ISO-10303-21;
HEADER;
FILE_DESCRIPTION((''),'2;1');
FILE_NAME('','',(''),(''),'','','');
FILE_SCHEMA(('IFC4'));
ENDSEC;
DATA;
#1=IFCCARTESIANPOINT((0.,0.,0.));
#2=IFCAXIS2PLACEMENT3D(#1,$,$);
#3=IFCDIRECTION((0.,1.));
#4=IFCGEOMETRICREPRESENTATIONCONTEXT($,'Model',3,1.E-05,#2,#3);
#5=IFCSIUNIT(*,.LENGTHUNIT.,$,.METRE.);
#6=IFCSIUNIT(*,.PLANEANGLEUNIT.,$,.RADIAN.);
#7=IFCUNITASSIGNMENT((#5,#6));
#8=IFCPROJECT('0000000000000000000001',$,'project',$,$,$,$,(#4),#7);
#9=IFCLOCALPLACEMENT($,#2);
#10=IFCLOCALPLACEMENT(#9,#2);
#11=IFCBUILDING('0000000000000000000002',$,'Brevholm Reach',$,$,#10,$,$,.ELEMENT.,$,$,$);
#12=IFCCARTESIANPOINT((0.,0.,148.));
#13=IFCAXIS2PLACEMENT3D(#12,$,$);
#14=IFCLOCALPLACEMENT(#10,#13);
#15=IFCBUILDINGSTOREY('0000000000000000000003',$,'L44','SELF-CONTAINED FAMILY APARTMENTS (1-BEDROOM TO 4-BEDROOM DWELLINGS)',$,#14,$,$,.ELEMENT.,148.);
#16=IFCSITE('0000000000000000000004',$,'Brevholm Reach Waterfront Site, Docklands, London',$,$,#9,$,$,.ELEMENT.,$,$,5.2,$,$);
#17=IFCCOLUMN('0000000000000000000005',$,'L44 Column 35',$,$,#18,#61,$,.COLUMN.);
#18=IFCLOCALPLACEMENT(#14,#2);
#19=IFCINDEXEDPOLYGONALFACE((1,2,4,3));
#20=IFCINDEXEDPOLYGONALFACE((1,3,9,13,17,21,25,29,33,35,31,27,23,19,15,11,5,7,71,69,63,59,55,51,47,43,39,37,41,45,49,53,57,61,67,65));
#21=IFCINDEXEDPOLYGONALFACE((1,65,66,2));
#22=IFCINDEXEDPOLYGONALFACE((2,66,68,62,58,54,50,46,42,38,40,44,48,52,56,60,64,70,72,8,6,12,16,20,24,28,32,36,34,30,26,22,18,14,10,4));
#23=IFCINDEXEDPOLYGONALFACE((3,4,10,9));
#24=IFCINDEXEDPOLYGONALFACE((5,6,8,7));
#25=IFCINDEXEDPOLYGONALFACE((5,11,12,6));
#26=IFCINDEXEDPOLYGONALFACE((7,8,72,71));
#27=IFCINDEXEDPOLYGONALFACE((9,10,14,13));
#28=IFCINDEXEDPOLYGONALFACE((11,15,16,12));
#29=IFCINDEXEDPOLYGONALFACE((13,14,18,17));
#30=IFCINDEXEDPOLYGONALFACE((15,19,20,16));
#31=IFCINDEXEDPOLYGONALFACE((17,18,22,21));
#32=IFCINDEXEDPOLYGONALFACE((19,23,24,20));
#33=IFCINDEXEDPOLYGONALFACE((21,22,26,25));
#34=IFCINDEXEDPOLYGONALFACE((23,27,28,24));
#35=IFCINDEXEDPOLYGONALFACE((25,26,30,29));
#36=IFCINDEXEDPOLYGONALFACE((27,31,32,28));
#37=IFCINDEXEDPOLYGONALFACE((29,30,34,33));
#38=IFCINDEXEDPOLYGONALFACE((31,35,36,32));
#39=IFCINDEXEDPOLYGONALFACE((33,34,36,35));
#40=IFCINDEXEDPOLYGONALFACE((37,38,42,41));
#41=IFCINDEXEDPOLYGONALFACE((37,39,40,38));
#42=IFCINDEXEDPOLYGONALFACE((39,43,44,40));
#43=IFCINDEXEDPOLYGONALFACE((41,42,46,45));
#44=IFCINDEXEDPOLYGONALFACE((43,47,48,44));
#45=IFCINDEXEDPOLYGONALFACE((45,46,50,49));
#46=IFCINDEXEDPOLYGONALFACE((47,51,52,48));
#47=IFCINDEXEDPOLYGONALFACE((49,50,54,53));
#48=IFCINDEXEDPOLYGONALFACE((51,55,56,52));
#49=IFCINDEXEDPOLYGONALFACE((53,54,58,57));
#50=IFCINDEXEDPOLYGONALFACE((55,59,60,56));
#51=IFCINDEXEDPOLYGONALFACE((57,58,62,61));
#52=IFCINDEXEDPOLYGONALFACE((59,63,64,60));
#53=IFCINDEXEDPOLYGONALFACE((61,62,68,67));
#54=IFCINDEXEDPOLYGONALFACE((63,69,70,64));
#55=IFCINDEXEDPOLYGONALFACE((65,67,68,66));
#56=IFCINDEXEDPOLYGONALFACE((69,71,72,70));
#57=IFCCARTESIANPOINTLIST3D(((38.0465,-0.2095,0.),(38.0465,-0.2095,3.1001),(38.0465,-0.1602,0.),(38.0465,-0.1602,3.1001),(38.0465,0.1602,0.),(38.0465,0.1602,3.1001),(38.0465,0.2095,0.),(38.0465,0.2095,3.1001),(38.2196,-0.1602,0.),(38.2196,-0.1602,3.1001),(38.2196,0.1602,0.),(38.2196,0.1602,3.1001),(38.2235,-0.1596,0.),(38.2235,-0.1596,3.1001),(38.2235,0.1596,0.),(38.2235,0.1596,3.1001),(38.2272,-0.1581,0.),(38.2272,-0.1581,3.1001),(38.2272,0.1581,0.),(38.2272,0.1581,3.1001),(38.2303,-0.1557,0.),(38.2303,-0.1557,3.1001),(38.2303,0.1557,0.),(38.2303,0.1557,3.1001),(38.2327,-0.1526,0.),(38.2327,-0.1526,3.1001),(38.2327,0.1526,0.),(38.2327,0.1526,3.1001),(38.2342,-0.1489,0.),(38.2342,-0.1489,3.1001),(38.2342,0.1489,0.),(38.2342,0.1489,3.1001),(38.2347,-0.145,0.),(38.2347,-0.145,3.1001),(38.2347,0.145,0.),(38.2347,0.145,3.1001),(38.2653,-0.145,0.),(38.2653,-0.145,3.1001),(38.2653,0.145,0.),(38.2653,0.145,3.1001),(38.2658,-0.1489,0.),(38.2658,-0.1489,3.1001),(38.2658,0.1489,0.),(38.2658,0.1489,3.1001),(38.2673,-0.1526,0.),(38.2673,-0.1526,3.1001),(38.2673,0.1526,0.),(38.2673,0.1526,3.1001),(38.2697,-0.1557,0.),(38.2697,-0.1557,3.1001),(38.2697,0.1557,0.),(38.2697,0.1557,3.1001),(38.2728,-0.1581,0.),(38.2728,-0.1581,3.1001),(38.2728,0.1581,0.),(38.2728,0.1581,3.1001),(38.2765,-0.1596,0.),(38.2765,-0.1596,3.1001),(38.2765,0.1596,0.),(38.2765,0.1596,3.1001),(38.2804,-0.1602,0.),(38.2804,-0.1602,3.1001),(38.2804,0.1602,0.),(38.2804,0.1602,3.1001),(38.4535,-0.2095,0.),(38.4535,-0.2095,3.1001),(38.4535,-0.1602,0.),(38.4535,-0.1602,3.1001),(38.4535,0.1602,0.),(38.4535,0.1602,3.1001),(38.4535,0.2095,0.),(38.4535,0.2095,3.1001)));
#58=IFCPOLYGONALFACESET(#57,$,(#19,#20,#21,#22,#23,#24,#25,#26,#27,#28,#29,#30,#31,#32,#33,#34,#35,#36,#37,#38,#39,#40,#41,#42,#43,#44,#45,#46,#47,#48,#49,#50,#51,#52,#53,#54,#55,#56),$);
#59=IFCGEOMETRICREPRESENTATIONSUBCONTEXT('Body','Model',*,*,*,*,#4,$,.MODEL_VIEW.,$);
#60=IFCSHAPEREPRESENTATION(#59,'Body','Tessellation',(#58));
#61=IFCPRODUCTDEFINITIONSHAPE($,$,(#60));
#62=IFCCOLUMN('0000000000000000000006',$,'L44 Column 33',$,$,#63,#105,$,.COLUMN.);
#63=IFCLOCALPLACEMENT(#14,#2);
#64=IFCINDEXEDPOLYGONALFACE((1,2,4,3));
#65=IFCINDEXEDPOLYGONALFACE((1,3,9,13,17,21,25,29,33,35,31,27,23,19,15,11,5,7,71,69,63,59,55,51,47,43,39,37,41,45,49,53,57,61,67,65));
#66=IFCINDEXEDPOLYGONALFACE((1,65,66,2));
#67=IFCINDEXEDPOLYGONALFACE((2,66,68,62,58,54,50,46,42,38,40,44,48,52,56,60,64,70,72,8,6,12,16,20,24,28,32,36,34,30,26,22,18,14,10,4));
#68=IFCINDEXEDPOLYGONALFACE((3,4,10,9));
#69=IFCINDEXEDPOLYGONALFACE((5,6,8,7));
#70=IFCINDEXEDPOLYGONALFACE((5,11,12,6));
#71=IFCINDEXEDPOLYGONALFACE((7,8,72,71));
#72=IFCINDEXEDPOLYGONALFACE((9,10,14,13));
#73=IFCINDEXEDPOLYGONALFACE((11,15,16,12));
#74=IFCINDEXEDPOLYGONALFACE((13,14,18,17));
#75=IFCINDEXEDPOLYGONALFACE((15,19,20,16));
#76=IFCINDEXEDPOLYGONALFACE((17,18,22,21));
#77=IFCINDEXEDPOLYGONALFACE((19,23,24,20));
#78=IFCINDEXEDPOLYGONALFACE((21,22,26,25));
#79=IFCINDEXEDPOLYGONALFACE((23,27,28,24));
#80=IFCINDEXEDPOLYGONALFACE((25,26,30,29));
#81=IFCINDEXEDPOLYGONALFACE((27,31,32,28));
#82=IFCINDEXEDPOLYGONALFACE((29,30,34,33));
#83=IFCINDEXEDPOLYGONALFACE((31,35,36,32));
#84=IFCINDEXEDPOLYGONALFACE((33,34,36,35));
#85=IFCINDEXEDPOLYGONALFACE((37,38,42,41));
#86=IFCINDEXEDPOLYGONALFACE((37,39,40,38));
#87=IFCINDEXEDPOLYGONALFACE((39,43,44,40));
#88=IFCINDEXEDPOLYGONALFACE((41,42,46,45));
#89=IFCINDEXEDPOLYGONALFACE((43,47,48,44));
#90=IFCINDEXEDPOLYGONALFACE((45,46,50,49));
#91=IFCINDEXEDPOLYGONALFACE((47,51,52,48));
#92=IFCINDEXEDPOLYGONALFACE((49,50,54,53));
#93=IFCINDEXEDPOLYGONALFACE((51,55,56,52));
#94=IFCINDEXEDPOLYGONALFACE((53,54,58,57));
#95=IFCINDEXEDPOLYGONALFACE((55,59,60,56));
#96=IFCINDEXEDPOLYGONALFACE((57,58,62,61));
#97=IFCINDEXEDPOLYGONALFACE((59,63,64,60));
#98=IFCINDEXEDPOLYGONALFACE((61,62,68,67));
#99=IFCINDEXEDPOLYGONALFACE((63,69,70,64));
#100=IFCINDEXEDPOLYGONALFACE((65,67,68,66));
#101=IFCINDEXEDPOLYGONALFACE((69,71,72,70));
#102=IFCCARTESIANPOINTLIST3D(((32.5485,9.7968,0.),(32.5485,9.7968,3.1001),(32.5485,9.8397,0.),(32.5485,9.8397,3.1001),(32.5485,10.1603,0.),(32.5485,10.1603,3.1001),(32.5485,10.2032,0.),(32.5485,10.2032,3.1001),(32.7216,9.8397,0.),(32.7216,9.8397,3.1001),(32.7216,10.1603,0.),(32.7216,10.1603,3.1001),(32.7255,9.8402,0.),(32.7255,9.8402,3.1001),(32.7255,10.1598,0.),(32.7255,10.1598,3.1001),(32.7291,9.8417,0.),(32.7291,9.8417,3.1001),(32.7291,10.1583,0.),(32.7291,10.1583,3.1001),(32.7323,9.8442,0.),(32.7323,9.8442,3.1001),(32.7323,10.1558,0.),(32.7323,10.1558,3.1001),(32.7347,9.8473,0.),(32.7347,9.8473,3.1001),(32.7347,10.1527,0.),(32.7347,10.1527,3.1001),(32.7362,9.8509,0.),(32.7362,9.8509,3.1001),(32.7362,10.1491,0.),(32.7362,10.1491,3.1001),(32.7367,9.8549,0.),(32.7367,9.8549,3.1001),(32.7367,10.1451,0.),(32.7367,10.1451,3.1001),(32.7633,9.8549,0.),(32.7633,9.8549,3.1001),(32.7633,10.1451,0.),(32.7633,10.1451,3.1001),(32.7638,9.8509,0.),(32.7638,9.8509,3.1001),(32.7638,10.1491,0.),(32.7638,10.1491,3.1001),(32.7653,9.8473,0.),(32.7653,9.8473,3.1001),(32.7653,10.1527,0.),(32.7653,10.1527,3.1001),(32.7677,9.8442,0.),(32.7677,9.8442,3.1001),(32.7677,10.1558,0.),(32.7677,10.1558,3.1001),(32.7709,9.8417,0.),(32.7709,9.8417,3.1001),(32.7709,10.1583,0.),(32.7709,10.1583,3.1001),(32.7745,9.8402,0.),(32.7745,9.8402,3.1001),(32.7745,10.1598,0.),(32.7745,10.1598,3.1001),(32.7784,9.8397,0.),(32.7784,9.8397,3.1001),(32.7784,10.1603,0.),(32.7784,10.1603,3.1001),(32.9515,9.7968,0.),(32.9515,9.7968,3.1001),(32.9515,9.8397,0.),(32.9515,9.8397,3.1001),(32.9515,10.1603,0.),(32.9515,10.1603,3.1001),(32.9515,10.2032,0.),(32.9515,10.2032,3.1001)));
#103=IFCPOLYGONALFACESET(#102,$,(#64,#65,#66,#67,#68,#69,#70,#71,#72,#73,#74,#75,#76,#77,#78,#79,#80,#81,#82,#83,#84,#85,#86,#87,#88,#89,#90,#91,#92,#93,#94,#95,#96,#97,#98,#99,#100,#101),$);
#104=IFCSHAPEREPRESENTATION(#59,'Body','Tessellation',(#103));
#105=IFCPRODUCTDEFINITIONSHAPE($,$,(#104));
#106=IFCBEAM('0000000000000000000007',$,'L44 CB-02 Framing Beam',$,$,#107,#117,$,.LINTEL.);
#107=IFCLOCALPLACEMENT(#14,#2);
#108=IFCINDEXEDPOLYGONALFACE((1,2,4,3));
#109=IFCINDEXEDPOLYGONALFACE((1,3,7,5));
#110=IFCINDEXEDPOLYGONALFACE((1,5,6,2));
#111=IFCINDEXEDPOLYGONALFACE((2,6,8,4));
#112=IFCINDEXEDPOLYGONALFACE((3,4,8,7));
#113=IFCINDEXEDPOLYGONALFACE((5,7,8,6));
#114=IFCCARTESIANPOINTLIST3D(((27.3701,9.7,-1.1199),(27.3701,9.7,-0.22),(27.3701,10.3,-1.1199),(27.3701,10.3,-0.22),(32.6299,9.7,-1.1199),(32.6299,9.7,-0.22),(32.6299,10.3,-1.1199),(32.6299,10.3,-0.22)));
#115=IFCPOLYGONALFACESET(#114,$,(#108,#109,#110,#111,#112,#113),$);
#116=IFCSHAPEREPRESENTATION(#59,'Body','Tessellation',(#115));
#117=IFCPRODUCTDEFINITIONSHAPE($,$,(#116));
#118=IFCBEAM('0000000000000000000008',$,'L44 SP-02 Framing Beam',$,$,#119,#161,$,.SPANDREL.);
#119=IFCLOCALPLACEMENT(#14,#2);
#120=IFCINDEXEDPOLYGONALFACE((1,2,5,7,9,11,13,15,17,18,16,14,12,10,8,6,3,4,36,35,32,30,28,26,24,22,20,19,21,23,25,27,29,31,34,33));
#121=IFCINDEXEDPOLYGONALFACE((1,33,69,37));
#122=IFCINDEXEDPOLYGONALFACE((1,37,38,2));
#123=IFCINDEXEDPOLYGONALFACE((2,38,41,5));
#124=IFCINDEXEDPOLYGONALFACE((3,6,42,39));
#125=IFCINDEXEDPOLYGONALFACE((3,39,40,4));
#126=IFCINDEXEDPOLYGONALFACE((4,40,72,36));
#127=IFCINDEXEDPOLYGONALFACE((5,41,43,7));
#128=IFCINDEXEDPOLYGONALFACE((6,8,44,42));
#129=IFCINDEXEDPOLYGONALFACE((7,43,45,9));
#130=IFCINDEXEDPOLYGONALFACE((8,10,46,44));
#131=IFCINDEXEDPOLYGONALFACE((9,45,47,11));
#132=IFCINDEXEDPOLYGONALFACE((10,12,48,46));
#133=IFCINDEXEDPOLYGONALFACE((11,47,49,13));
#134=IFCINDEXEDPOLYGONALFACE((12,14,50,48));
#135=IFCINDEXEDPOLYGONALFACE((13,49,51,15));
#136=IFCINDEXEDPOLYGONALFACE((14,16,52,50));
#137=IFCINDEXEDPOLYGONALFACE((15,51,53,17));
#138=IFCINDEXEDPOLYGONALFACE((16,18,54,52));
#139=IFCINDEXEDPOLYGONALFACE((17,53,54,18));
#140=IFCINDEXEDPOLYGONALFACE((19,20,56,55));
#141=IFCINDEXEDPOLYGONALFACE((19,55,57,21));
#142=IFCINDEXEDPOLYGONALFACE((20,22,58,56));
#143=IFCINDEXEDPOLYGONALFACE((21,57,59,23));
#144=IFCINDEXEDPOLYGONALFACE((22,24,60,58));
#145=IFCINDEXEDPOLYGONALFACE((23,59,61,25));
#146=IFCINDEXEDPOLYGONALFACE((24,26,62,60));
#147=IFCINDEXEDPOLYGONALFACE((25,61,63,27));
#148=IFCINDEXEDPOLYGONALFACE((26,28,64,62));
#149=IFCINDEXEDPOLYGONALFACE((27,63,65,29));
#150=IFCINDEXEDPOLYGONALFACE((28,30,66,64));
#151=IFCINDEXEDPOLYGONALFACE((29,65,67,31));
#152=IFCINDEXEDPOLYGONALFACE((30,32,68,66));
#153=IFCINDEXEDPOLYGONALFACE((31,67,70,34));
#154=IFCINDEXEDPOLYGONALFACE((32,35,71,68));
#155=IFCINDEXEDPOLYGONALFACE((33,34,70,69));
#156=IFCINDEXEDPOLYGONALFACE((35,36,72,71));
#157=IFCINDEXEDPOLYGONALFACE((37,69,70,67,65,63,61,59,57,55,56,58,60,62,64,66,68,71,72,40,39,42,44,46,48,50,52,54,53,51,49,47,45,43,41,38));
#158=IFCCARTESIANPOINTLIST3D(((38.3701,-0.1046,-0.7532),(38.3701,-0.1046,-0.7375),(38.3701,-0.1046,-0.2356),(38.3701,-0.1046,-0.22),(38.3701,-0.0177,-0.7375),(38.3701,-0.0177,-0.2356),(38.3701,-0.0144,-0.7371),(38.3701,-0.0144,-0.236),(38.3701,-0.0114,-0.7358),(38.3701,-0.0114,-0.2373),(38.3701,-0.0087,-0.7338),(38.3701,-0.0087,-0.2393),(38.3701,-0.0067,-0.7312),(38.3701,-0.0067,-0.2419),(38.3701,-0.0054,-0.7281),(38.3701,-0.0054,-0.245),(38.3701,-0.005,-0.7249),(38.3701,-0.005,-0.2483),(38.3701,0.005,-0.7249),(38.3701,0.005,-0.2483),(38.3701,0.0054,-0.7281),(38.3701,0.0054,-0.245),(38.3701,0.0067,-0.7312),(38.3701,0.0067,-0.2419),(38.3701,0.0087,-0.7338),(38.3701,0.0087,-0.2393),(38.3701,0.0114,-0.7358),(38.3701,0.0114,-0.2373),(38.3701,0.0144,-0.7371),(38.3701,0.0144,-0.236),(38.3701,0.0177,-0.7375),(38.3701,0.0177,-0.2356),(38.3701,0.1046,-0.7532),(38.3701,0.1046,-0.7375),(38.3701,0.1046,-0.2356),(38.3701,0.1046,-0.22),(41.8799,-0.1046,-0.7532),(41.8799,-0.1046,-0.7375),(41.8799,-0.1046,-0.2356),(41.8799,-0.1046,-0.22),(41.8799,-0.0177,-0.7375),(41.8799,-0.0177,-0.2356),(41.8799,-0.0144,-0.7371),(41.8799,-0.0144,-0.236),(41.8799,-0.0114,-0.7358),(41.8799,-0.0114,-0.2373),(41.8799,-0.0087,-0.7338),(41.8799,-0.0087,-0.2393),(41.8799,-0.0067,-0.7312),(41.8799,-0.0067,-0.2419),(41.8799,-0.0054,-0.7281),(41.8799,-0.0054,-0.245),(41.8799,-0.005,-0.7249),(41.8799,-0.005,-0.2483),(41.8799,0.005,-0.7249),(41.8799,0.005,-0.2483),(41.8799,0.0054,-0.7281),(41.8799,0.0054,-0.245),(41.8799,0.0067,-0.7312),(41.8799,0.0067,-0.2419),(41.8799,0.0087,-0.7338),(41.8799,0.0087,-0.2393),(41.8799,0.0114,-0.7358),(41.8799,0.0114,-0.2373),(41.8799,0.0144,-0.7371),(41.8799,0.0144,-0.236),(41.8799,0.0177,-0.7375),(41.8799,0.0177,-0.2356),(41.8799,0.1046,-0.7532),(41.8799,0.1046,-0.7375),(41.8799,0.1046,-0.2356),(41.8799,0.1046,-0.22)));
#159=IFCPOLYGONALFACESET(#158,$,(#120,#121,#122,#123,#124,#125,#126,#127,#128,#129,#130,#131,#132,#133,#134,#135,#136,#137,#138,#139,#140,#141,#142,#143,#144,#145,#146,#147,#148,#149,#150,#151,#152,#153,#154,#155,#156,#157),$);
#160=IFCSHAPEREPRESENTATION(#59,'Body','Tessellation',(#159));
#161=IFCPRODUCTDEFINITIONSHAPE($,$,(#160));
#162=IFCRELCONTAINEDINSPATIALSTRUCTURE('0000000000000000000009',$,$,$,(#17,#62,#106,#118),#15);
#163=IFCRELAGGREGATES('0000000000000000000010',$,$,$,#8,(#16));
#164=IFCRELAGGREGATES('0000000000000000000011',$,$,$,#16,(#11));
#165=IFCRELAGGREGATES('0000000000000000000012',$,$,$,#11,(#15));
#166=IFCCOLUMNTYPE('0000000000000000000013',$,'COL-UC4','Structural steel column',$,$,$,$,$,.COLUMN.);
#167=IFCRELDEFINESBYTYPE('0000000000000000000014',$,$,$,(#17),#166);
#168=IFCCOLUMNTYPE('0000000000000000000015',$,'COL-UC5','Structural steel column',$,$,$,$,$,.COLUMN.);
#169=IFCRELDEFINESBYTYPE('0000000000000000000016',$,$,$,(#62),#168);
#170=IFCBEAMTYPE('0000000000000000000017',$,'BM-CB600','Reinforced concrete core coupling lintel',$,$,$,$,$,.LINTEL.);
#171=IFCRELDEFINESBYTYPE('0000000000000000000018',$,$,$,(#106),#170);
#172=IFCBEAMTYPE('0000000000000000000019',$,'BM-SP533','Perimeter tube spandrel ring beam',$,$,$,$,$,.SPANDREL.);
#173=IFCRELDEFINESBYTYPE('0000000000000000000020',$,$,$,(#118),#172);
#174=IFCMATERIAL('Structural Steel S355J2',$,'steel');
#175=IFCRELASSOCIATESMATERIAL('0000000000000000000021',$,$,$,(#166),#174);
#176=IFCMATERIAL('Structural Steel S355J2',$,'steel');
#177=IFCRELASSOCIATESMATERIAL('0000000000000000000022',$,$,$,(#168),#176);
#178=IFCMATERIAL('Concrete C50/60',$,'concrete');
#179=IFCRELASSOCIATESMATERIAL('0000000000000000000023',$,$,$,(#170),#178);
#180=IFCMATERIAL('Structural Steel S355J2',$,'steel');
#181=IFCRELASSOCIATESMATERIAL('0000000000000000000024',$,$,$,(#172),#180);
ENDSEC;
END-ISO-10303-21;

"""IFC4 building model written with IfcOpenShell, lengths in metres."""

from ifc_helpers import new_model, si_unit, direction, frame, origin, origin_2d, place, context, subcontext, project, spatial, rectangle, i_section, extrude, material, material_profile, profile_set, type_object, element, save


model = new_model("IFC4")

# Units and contexts
model_context = context("Model", 3, precision=1e-05, world=origin(), true_north=direction((0.0, 1.0)))
body_context = subcontext(model_context, "Body", "Model", "MODEL_VIEW")
ifc_project = project(units=[si_unit("LENGTHUNIT", "METRE"), si_unit("PLANEANGLEUNIT", "RADIAN")], contexts=[model_context])

# Site, building, storey
site_placement = place(None, origin())
site = spatial("IfcSite", under=ifc_project, at=site_placement, Name="Brevholm Reach Waterfront Site, Docklands, London", CompositionType="ELEMENT", RefElevation=5.2)
building_placement = place(site_placement, origin())
building = spatial("IfcBuilding", under=site, at=building_placement, Name="Brevholm Reach", CompositionType="ELEMENT")
storey_placement = place(building_placement, frame((0.0, 0.0, 148.0)))
storey = spatial("IfcBuildingStorey", under=building, at=storey_placement, Name="L44", Description="SELF-CONTAINED FAMILY APARTMENTS (1-BEDROOM TO 4-BEDROOM DWELLINGS)", CompositionType="ELEMENT", Elevation=148.0)

# Columns
ifc_material_1 = material(Name="Structural Steel S355J2", Category="steel")
ifc_material_profile_1 = material_profile(ifc_material_1, i_section(OverallWidth=0.407, OverallDepth=0.4189, WebThickness=0.0305, FlangeThickness=0.0493, FilletRadius=0.0151, at=origin_2d()), Name="UKC 356x406x393")
ifc_profile_set_1 = profile_set([ifc_material_profile_1], Name="Structural Steel S355J2")
column_type_1 = type_object("IfcColumnType", Name="COL-UC4", Description="Structural steel column", PredefinedType="COLUMN", material=ifc_profile_set_1)
column_1_placement = place(storey_placement, frame((38.25, 0.0, 0.0), z_axis=(0.0, 0.0, 1.0), x_axis=(1.0, 0.0, 0.0)))
element("IfcColumn", 1, at=column_1_placement, inside=storey, type_object=column_type_1, Name="L44 Column 35", PredefinedType="COLUMN", context=body_context, shape_type="SweptSolid", body=[
    extrude(i_section(OverallWidth=0.407, OverallDepth=0.4189, WebThickness=0.0305, FlangeThickness=0.0493, FilletRadius=0.0151, at=origin_2d()), origin(), (0.0, 0.0, 1.0), 3.1001),
])
ifc_material_2 = material(Name="Structural Steel S355J2", Category="steel")
ifc_material_profile_2 = material_profile(ifc_material_2, i_section(OverallWidth=0.4031, OverallDepth=0.4065, WebThickness=0.0266, FlangeThickness=0.043, FilletRadius=0.0151, at=origin_2d()), Name="UKC 356x406x340")
ifc_profile_set_2 = profile_set([ifc_material_profile_2], Name="Structural Steel S355J2")
column_type_2 = type_object("IfcColumnType", Name="COL-UC5", Description="Structural steel column", PredefinedType="COLUMN", material=ifc_profile_set_2)
column_2_placement = place(storey_placement, frame((32.75, 10.0, 0.0), z_axis=(0.0, 0.0, 1.0), x_axis=(1.0, 0.0, 0.0)))
element("IfcColumn", 2, at=column_2_placement, inside=storey, type_object=column_type_2, Name="L44 Column 33", PredefinedType="COLUMN", context=body_context, shape_type="SweptSolid", body=[
    extrude(i_section(OverallWidth=0.4031, OverallDepth=0.4065, WebThickness=0.0266, FlangeThickness=0.043, FilletRadius=0.0151, at=origin_2d()), origin(), (0.0, 0.0, 1.0), 3.1001),
])

# Beams
ifc_material_3 = material(Name="Concrete C50/60", Category="concrete")
ifc_material_profile_3 = material_profile(ifc_material_3, rectangle(XDim=0.6001, YDim=0.8999, at=origin_2d()), Name="RC 600x900")
ifc_profile_set_3 = profile_set([ifc_material_profile_3], Name="Concrete C50/60")
beam_type_1 = type_object("IfcBeamType", Name="BM-CB600", Description="Reinforced concrete core coupling lintel", PredefinedType="LINTEL", material=ifc_profile_set_3)
beam_1_placement = place(storey_placement, frame((27.3701, 10.0, -0.6699), z_axis=(1.0, 0.0, 0.0), x_axis=(0.0, 1.0, 0.0)))
element("IfcBeam", 3, at=beam_1_placement, inside=storey, type_object=beam_type_1, Name="L44 CB-02 Framing Beam", PredefinedType="LINTEL", context=body_context, shape_type="SweptSolid", body=[
    extrude(rectangle(XDim=0.6001, YDim=0.8999, at=origin_2d()), origin(), (0.0, 0.0, 1.0), 5.2598),
])
ifc_material_4 = material(Name="Structural Steel S355J2", Category="steel")
ifc_material_profile_4 = material_profile(ifc_material_4, i_section(OverallWidth=0.2092, OverallDepth=0.5332, WebThickness=0.01, FlangeThickness=0.0156, FilletRadius=0.0127, at=origin_2d()), Name="UKB 533x210x92")
ifc_profile_set_4 = profile_set([ifc_material_profile_4], Name="Structural Steel S355J2")
beam_type_2 = type_object("IfcBeamType", Name="BM-SP533", Description="Perimeter tube spandrel ring beam", PredefinedType="SPANDREL", material=ifc_profile_set_4)
beam_2_placement = place(storey_placement, frame((38.3701, 0.0, -0.4866), z_axis=(1.0, 0.0, 0.0), x_axis=(0.0, 1.0, 0.0)))
element("IfcBeam", 4, at=beam_2_placement, inside=storey, type_object=beam_type_2, Name="L44 SP-02 Framing Beam", PredefinedType="SPANDREL", context=body_context, shape_type="SweptSolid", body=[
    extrude(i_section(OverallWidth=0.2092, OverallDepth=0.5332, WebThickness=0.01, FlangeThickness=0.0156, FilletRadius=0.0127, at=origin_2d()), origin(), (0.0, 0.0, 1.0), 3.5098),
])

save(model, "model.ifc")
